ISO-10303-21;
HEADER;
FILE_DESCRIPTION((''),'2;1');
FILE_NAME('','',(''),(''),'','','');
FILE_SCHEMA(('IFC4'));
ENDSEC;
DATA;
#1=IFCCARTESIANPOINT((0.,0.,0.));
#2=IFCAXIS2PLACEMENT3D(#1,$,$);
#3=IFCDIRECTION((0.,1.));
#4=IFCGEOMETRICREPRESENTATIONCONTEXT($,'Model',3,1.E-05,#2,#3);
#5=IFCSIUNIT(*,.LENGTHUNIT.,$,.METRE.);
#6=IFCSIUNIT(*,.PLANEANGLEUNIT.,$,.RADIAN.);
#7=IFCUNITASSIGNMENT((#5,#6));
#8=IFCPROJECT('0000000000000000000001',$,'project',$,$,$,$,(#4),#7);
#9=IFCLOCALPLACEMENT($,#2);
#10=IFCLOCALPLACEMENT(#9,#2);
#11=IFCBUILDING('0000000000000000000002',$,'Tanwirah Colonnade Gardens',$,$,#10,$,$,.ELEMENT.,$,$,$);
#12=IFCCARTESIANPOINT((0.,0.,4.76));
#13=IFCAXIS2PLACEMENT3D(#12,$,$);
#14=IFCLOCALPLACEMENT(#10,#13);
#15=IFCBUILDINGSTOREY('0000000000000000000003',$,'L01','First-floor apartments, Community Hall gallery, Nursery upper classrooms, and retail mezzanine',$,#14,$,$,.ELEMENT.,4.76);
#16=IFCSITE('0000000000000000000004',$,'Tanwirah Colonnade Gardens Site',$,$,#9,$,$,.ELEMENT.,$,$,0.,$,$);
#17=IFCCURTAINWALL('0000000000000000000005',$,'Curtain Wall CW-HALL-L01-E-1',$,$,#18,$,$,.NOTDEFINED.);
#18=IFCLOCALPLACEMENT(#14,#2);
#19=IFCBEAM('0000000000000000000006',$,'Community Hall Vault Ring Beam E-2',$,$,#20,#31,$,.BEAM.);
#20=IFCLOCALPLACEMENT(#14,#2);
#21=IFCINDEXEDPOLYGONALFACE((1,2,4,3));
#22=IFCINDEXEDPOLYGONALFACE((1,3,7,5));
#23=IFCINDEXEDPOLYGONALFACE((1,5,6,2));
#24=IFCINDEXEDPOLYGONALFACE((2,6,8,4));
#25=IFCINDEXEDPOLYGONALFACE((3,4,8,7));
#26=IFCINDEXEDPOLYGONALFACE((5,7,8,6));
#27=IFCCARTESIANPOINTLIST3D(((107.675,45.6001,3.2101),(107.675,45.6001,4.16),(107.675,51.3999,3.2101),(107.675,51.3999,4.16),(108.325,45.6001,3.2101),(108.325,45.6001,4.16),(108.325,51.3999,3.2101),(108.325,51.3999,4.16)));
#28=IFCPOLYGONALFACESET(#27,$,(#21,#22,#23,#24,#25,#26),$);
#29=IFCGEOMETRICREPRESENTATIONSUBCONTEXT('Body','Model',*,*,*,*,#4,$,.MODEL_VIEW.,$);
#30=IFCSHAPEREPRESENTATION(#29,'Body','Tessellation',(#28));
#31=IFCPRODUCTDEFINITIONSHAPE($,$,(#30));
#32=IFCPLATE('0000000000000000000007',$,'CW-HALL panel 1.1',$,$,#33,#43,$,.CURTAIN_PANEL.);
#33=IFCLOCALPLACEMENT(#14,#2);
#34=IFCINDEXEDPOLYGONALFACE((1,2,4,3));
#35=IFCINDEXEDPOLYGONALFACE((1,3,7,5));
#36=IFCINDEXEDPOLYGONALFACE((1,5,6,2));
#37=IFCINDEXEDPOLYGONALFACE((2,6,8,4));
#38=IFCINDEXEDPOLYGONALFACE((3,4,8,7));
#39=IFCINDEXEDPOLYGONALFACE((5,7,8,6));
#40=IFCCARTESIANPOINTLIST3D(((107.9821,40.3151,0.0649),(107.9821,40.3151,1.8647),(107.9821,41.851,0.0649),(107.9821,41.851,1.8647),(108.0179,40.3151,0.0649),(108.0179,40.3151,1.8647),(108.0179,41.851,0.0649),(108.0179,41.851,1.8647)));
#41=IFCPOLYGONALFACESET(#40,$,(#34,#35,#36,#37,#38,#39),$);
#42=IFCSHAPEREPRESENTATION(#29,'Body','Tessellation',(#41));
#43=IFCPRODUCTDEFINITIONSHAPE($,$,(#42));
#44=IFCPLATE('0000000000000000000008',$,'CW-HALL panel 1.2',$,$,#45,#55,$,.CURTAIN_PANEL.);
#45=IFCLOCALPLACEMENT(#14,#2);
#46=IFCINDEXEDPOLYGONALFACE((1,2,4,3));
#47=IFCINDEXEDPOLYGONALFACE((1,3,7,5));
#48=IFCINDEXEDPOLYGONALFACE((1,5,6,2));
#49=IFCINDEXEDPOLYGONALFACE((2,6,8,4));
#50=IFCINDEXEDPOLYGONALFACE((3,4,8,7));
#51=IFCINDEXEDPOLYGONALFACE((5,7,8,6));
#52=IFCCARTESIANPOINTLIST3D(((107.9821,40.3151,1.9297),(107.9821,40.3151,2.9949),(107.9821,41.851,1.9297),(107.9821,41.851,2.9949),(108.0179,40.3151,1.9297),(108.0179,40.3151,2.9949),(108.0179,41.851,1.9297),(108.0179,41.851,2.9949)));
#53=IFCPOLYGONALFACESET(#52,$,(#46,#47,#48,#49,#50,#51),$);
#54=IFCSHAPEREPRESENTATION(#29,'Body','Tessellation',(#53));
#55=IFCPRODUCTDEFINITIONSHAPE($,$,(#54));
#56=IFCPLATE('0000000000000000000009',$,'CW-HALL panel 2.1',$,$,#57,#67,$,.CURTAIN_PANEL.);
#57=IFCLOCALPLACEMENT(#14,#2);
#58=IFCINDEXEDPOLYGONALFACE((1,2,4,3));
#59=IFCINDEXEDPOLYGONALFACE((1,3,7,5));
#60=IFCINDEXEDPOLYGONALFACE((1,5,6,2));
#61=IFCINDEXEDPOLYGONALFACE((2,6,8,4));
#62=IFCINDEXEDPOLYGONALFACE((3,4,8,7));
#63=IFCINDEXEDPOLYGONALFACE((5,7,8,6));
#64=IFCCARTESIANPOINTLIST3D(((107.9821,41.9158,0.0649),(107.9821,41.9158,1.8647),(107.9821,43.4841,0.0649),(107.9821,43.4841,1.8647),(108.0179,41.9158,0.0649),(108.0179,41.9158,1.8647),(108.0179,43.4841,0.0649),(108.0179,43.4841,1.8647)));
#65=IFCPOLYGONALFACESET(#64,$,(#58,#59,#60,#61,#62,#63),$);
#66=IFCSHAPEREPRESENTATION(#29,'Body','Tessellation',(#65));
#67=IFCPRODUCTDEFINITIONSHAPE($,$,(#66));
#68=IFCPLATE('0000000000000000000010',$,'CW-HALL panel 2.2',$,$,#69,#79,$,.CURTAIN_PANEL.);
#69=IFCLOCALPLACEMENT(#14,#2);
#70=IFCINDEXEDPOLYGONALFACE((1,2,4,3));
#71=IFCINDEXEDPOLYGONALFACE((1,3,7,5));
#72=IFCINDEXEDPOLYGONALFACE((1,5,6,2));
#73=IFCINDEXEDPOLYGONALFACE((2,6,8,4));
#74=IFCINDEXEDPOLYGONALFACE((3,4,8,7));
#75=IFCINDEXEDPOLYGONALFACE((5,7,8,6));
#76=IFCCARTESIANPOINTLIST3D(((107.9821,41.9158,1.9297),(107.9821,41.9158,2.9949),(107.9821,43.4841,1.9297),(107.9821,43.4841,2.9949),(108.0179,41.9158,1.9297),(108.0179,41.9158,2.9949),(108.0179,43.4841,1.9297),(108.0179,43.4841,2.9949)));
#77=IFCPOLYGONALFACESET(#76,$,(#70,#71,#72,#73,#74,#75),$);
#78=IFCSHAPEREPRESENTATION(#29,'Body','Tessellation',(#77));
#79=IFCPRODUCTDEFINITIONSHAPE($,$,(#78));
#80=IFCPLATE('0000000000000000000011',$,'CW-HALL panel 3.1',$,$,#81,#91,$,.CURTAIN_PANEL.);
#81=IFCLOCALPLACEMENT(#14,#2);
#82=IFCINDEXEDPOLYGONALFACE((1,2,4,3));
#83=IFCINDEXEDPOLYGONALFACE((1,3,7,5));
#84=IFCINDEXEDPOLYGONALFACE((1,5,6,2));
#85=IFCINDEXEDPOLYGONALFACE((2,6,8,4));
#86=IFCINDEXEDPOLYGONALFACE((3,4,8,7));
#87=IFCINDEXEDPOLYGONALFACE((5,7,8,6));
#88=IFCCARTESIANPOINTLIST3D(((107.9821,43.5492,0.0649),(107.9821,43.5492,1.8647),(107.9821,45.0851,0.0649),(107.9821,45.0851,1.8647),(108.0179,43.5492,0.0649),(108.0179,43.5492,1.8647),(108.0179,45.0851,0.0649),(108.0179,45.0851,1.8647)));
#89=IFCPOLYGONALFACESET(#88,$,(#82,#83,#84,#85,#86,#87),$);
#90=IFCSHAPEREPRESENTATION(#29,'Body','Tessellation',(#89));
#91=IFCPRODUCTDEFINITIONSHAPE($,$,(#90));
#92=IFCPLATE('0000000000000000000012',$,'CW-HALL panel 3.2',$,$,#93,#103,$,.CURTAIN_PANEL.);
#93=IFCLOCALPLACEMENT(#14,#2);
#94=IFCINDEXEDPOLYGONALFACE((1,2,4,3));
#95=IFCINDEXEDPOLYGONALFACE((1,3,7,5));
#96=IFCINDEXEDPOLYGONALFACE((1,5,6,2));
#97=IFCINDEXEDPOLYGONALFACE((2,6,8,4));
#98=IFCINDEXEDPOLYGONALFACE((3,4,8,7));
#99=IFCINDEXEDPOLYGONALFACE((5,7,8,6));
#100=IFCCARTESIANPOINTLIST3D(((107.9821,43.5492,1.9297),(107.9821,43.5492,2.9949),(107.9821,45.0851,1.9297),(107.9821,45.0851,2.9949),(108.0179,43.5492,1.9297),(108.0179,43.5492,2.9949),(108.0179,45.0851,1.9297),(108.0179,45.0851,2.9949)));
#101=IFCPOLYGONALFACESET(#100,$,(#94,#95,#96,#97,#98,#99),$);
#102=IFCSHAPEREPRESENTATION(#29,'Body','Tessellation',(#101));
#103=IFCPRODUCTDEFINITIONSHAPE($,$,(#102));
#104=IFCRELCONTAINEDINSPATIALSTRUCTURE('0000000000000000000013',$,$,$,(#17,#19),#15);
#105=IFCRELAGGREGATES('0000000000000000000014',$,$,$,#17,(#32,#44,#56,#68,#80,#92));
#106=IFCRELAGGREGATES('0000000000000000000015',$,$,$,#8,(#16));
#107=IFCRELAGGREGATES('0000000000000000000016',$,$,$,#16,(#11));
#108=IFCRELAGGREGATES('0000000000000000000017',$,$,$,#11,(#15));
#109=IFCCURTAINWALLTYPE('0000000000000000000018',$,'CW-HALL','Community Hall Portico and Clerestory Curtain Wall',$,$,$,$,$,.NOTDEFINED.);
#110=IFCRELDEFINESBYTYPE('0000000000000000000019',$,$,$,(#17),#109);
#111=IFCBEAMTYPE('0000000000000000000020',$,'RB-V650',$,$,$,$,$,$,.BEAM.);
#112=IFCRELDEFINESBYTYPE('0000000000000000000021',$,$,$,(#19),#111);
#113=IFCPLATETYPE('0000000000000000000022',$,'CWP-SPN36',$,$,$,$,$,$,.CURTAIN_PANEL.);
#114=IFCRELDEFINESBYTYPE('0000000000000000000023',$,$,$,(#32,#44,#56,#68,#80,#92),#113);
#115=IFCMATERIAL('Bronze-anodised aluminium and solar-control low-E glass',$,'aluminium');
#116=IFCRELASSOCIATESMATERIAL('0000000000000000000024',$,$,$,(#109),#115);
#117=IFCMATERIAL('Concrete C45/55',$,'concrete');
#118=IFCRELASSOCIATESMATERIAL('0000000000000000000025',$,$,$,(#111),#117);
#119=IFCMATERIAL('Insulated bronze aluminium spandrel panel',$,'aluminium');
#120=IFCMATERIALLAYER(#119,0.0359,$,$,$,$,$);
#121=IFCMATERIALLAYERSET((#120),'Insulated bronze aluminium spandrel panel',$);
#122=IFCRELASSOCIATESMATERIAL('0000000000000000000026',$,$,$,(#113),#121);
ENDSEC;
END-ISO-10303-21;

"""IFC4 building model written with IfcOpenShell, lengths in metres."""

from ifc_helpers import new_model, si_unit, direction, frame, origin, origin_2d, place, context, subcontext, project, spatial, rectangle, extrude, material, layer, layer_set, material_profile, profile_set, type_object, element, aggregate, save


model = new_model("IFC4")

# Units and contexts
model_context = context("Model", 3, precision=1e-05, world=origin(), true_north=direction((0.0, 1.0)))
body_context = subcontext(model_context, "Body", "Model", "MODEL_VIEW")
ifc_project = project(units=[si_unit("LENGTHUNIT", "METRE"), si_unit("PLANEANGLEUNIT", "RADIAN")], contexts=[model_context])

# Site, building, storey
site_placement = place(None, origin())
site = spatial("IfcSite", under=ifc_project, at=site_placement, Name="Tanwirah Colonnade Gardens Site", CompositionType="ELEMENT", RefElevation=0.0)
building_placement = place(site_placement, origin())
building = spatial("IfcBuilding", under=site, at=building_placement, Name="Tanwirah Colonnade Gardens", CompositionType="ELEMENT")
storey_placement = place(building_placement, frame((0.0, 0.0, 4.76)))
storey = spatial("IfcBuildingStorey", under=building, at=storey_placement, Name="L01", Description="First-floor apartments, Community Hall gallery, Nursery upper classrooms, and retail mezzanine", CompositionType="ELEMENT", Elevation=4.76)

# Shared definitions
ifc_material_1 = material(Name="Concrete C45/55", Category="concrete")

# Curtain wall
ifc_material_2 = material(Name="Bronze-anodised aluminium and solar-control low-E glass", Category="aluminium")
curtain_wall_type = type_object("IfcCurtainWallType", Name="CW-HALL", Description="Community Hall Portico and Clerestory Curtain Wall", PredefinedType="NOTDEFINED", material=ifc_material_2)
curtain_wall_placement = place(storey_placement, origin())
curtain_wall = element("IfcCurtainWall", 1, at=curtain_wall_placement, inside=storey, type_object=curtain_wall_type, Name="Curtain Wall CW-HALL-L01-E-1", PredefinedType="NOTDEFINED")

# Beam
ifc_material_profile_1 = material_profile(ifc_material_1, rectangle(XDim=0.6499, YDim=0.95, at=origin_2d()), Name="RC-RB 650x950")
ifc_profile_set_1 = profile_set([ifc_material_profile_1], Name="Concrete C45/55")
beam_type = type_object("IfcBeamType", Name="RB-V650", PredefinedType="BEAM", material=ifc_profile_set_1)
beam_placement = place(storey_placement, frame((108.0, 45.6001, 3.6851), z_axis=(0.0, 1.0, 0.0), x_axis=(-1.0, 0.0, 0.0)))
element("IfcBeam", 2, at=beam_placement, inside=storey, type_object=beam_type, Name="Community Hall Vault Ring Beam E-2", PredefinedType="BEAM", context=body_context, shape_type="SweptSolid", body=[
    extrude(rectangle(XDim=0.6499, YDim=0.95, at=origin_2d()), origin(), (0.0, 0.0, 1.0), 5.7998),
])

# Plates
ifc_material_3 = material(Name="Insulated bronze aluminium spandrel panel", Category="aluminium")
ifc_layer = layer(ifc_material_3, 0.0359)
ifc_layer_set = layer_set([ifc_layer], Name="Insulated bronze aluminium spandrel panel")
plate_type = type_object("IfcPlateType", Name="CWP-SPN36", PredefinedType="CURTAIN_PANEL", material=ifc_layer_set)
plate_1_placement = place(storey_placement, frame((108.0, 41.083, 0.0649), z_axis=(0.0, 0.0, 1.0), x_axis=(0.0, 1.0, 0.0)))
plate_1 = element("IfcPlate", 3, at=plate_1_placement, type_object=plate_type, Name="CW-HALL panel 1.1", PredefinedType="CURTAIN_PANEL", context=body_context, shape_type="SweptSolid", body=[
    extrude(rectangle(XDim=1.5359, YDim=0.0359, at=origin_2d()), origin(), (0.0, 0.0, 1.0), 1.7998),
])
plate_2_placement = place(storey_placement, frame((108.0, 41.083, 1.9297), z_axis=(0.0, 0.0, 1.0), x_axis=(0.0, 1.0, 0.0)))
plate_2 = element("IfcPlate", 4, at=plate_2_placement, type_object=plate_type, Name="CW-HALL panel 1.2", PredefinedType="CURTAIN_PANEL", context=body_context, shape_type="SweptSolid", body=[
    extrude(rectangle(XDim=1.5359, YDim=0.0359, at=origin_2d()), origin(), (0.0, 0.0, 1.0), 1.0652),
])
plate_3_placement = place(storey_placement, frame((108.0, 42.7, 0.0649), z_axis=(0.0, 0.0, 1.0), x_axis=(0.0, 1.0, 0.0)))
plate_3 = element("IfcPlate", 5, at=plate_3_placement, type_object=plate_type, Name="CW-HALL panel 2.1", PredefinedType="CURTAIN_PANEL", context=body_context, shape_type="SweptSolid", body=[
    extrude(rectangle(XDim=1.5684, YDim=0.0359, at=origin_2d()), origin(), (0.0, 0.0, 1.0), 1.7998),
])
plate_4_placement = place(storey_placement, frame((108.0, 42.7, 1.9297), z_axis=(0.0, 0.0, 1.0), x_axis=(0.0, 1.0, 0.0)))
plate_4 = element("IfcPlate", 6, at=plate_4_placement, type_object=plate_type, Name="CW-HALL panel 2.2", PredefinedType="CURTAIN_PANEL", context=body_context, shape_type="SweptSolid", body=[
    extrude(rectangle(XDim=1.5684, YDim=0.0359, at=origin_2d()), origin(), (0.0, 0.0, 1.0), 1.0652),
])
plate_5_placement = place(storey_placement, frame((108.0, 44.3171, 0.0649), z_axis=(0.0, 0.0, 1.0), x_axis=(0.0, 1.0, 0.0)))
plate_5 = element("IfcPlate", 7, at=plate_5_placement, type_object=plate_type, Name="CW-HALL panel 3.1", PredefinedType="CURTAIN_PANEL", context=body_context, shape_type="SweptSolid", body=[
    extrude(rectangle(XDim=1.5359, YDim=0.0359, at=origin_2d()), origin(), (0.0, 0.0, 1.0), 1.7998),
])
plate_6_placement = place(storey_placement, frame((108.0, 44.3171, 1.9297), z_axis=(0.0, 0.0, 1.0), x_axis=(0.0, 1.0, 0.0)))
plate_6 = element("IfcPlate", 8, at=plate_6_placement, type_object=plate_type, Name="CW-HALL panel 3.2", PredefinedType="CURTAIN_PANEL", context=body_context, shape_type="SweptSolid", body=[
    extrude(rectangle(XDim=1.5359, YDim=0.0359, at=origin_2d()), origin(), (0.0, 0.0, 1.0), 1.0652),
])
aggregate(curtain_wall, [plate_1, plate_2, plate_3, plate_4, plate_5, plate_6])

save(model, "model.ifc")
